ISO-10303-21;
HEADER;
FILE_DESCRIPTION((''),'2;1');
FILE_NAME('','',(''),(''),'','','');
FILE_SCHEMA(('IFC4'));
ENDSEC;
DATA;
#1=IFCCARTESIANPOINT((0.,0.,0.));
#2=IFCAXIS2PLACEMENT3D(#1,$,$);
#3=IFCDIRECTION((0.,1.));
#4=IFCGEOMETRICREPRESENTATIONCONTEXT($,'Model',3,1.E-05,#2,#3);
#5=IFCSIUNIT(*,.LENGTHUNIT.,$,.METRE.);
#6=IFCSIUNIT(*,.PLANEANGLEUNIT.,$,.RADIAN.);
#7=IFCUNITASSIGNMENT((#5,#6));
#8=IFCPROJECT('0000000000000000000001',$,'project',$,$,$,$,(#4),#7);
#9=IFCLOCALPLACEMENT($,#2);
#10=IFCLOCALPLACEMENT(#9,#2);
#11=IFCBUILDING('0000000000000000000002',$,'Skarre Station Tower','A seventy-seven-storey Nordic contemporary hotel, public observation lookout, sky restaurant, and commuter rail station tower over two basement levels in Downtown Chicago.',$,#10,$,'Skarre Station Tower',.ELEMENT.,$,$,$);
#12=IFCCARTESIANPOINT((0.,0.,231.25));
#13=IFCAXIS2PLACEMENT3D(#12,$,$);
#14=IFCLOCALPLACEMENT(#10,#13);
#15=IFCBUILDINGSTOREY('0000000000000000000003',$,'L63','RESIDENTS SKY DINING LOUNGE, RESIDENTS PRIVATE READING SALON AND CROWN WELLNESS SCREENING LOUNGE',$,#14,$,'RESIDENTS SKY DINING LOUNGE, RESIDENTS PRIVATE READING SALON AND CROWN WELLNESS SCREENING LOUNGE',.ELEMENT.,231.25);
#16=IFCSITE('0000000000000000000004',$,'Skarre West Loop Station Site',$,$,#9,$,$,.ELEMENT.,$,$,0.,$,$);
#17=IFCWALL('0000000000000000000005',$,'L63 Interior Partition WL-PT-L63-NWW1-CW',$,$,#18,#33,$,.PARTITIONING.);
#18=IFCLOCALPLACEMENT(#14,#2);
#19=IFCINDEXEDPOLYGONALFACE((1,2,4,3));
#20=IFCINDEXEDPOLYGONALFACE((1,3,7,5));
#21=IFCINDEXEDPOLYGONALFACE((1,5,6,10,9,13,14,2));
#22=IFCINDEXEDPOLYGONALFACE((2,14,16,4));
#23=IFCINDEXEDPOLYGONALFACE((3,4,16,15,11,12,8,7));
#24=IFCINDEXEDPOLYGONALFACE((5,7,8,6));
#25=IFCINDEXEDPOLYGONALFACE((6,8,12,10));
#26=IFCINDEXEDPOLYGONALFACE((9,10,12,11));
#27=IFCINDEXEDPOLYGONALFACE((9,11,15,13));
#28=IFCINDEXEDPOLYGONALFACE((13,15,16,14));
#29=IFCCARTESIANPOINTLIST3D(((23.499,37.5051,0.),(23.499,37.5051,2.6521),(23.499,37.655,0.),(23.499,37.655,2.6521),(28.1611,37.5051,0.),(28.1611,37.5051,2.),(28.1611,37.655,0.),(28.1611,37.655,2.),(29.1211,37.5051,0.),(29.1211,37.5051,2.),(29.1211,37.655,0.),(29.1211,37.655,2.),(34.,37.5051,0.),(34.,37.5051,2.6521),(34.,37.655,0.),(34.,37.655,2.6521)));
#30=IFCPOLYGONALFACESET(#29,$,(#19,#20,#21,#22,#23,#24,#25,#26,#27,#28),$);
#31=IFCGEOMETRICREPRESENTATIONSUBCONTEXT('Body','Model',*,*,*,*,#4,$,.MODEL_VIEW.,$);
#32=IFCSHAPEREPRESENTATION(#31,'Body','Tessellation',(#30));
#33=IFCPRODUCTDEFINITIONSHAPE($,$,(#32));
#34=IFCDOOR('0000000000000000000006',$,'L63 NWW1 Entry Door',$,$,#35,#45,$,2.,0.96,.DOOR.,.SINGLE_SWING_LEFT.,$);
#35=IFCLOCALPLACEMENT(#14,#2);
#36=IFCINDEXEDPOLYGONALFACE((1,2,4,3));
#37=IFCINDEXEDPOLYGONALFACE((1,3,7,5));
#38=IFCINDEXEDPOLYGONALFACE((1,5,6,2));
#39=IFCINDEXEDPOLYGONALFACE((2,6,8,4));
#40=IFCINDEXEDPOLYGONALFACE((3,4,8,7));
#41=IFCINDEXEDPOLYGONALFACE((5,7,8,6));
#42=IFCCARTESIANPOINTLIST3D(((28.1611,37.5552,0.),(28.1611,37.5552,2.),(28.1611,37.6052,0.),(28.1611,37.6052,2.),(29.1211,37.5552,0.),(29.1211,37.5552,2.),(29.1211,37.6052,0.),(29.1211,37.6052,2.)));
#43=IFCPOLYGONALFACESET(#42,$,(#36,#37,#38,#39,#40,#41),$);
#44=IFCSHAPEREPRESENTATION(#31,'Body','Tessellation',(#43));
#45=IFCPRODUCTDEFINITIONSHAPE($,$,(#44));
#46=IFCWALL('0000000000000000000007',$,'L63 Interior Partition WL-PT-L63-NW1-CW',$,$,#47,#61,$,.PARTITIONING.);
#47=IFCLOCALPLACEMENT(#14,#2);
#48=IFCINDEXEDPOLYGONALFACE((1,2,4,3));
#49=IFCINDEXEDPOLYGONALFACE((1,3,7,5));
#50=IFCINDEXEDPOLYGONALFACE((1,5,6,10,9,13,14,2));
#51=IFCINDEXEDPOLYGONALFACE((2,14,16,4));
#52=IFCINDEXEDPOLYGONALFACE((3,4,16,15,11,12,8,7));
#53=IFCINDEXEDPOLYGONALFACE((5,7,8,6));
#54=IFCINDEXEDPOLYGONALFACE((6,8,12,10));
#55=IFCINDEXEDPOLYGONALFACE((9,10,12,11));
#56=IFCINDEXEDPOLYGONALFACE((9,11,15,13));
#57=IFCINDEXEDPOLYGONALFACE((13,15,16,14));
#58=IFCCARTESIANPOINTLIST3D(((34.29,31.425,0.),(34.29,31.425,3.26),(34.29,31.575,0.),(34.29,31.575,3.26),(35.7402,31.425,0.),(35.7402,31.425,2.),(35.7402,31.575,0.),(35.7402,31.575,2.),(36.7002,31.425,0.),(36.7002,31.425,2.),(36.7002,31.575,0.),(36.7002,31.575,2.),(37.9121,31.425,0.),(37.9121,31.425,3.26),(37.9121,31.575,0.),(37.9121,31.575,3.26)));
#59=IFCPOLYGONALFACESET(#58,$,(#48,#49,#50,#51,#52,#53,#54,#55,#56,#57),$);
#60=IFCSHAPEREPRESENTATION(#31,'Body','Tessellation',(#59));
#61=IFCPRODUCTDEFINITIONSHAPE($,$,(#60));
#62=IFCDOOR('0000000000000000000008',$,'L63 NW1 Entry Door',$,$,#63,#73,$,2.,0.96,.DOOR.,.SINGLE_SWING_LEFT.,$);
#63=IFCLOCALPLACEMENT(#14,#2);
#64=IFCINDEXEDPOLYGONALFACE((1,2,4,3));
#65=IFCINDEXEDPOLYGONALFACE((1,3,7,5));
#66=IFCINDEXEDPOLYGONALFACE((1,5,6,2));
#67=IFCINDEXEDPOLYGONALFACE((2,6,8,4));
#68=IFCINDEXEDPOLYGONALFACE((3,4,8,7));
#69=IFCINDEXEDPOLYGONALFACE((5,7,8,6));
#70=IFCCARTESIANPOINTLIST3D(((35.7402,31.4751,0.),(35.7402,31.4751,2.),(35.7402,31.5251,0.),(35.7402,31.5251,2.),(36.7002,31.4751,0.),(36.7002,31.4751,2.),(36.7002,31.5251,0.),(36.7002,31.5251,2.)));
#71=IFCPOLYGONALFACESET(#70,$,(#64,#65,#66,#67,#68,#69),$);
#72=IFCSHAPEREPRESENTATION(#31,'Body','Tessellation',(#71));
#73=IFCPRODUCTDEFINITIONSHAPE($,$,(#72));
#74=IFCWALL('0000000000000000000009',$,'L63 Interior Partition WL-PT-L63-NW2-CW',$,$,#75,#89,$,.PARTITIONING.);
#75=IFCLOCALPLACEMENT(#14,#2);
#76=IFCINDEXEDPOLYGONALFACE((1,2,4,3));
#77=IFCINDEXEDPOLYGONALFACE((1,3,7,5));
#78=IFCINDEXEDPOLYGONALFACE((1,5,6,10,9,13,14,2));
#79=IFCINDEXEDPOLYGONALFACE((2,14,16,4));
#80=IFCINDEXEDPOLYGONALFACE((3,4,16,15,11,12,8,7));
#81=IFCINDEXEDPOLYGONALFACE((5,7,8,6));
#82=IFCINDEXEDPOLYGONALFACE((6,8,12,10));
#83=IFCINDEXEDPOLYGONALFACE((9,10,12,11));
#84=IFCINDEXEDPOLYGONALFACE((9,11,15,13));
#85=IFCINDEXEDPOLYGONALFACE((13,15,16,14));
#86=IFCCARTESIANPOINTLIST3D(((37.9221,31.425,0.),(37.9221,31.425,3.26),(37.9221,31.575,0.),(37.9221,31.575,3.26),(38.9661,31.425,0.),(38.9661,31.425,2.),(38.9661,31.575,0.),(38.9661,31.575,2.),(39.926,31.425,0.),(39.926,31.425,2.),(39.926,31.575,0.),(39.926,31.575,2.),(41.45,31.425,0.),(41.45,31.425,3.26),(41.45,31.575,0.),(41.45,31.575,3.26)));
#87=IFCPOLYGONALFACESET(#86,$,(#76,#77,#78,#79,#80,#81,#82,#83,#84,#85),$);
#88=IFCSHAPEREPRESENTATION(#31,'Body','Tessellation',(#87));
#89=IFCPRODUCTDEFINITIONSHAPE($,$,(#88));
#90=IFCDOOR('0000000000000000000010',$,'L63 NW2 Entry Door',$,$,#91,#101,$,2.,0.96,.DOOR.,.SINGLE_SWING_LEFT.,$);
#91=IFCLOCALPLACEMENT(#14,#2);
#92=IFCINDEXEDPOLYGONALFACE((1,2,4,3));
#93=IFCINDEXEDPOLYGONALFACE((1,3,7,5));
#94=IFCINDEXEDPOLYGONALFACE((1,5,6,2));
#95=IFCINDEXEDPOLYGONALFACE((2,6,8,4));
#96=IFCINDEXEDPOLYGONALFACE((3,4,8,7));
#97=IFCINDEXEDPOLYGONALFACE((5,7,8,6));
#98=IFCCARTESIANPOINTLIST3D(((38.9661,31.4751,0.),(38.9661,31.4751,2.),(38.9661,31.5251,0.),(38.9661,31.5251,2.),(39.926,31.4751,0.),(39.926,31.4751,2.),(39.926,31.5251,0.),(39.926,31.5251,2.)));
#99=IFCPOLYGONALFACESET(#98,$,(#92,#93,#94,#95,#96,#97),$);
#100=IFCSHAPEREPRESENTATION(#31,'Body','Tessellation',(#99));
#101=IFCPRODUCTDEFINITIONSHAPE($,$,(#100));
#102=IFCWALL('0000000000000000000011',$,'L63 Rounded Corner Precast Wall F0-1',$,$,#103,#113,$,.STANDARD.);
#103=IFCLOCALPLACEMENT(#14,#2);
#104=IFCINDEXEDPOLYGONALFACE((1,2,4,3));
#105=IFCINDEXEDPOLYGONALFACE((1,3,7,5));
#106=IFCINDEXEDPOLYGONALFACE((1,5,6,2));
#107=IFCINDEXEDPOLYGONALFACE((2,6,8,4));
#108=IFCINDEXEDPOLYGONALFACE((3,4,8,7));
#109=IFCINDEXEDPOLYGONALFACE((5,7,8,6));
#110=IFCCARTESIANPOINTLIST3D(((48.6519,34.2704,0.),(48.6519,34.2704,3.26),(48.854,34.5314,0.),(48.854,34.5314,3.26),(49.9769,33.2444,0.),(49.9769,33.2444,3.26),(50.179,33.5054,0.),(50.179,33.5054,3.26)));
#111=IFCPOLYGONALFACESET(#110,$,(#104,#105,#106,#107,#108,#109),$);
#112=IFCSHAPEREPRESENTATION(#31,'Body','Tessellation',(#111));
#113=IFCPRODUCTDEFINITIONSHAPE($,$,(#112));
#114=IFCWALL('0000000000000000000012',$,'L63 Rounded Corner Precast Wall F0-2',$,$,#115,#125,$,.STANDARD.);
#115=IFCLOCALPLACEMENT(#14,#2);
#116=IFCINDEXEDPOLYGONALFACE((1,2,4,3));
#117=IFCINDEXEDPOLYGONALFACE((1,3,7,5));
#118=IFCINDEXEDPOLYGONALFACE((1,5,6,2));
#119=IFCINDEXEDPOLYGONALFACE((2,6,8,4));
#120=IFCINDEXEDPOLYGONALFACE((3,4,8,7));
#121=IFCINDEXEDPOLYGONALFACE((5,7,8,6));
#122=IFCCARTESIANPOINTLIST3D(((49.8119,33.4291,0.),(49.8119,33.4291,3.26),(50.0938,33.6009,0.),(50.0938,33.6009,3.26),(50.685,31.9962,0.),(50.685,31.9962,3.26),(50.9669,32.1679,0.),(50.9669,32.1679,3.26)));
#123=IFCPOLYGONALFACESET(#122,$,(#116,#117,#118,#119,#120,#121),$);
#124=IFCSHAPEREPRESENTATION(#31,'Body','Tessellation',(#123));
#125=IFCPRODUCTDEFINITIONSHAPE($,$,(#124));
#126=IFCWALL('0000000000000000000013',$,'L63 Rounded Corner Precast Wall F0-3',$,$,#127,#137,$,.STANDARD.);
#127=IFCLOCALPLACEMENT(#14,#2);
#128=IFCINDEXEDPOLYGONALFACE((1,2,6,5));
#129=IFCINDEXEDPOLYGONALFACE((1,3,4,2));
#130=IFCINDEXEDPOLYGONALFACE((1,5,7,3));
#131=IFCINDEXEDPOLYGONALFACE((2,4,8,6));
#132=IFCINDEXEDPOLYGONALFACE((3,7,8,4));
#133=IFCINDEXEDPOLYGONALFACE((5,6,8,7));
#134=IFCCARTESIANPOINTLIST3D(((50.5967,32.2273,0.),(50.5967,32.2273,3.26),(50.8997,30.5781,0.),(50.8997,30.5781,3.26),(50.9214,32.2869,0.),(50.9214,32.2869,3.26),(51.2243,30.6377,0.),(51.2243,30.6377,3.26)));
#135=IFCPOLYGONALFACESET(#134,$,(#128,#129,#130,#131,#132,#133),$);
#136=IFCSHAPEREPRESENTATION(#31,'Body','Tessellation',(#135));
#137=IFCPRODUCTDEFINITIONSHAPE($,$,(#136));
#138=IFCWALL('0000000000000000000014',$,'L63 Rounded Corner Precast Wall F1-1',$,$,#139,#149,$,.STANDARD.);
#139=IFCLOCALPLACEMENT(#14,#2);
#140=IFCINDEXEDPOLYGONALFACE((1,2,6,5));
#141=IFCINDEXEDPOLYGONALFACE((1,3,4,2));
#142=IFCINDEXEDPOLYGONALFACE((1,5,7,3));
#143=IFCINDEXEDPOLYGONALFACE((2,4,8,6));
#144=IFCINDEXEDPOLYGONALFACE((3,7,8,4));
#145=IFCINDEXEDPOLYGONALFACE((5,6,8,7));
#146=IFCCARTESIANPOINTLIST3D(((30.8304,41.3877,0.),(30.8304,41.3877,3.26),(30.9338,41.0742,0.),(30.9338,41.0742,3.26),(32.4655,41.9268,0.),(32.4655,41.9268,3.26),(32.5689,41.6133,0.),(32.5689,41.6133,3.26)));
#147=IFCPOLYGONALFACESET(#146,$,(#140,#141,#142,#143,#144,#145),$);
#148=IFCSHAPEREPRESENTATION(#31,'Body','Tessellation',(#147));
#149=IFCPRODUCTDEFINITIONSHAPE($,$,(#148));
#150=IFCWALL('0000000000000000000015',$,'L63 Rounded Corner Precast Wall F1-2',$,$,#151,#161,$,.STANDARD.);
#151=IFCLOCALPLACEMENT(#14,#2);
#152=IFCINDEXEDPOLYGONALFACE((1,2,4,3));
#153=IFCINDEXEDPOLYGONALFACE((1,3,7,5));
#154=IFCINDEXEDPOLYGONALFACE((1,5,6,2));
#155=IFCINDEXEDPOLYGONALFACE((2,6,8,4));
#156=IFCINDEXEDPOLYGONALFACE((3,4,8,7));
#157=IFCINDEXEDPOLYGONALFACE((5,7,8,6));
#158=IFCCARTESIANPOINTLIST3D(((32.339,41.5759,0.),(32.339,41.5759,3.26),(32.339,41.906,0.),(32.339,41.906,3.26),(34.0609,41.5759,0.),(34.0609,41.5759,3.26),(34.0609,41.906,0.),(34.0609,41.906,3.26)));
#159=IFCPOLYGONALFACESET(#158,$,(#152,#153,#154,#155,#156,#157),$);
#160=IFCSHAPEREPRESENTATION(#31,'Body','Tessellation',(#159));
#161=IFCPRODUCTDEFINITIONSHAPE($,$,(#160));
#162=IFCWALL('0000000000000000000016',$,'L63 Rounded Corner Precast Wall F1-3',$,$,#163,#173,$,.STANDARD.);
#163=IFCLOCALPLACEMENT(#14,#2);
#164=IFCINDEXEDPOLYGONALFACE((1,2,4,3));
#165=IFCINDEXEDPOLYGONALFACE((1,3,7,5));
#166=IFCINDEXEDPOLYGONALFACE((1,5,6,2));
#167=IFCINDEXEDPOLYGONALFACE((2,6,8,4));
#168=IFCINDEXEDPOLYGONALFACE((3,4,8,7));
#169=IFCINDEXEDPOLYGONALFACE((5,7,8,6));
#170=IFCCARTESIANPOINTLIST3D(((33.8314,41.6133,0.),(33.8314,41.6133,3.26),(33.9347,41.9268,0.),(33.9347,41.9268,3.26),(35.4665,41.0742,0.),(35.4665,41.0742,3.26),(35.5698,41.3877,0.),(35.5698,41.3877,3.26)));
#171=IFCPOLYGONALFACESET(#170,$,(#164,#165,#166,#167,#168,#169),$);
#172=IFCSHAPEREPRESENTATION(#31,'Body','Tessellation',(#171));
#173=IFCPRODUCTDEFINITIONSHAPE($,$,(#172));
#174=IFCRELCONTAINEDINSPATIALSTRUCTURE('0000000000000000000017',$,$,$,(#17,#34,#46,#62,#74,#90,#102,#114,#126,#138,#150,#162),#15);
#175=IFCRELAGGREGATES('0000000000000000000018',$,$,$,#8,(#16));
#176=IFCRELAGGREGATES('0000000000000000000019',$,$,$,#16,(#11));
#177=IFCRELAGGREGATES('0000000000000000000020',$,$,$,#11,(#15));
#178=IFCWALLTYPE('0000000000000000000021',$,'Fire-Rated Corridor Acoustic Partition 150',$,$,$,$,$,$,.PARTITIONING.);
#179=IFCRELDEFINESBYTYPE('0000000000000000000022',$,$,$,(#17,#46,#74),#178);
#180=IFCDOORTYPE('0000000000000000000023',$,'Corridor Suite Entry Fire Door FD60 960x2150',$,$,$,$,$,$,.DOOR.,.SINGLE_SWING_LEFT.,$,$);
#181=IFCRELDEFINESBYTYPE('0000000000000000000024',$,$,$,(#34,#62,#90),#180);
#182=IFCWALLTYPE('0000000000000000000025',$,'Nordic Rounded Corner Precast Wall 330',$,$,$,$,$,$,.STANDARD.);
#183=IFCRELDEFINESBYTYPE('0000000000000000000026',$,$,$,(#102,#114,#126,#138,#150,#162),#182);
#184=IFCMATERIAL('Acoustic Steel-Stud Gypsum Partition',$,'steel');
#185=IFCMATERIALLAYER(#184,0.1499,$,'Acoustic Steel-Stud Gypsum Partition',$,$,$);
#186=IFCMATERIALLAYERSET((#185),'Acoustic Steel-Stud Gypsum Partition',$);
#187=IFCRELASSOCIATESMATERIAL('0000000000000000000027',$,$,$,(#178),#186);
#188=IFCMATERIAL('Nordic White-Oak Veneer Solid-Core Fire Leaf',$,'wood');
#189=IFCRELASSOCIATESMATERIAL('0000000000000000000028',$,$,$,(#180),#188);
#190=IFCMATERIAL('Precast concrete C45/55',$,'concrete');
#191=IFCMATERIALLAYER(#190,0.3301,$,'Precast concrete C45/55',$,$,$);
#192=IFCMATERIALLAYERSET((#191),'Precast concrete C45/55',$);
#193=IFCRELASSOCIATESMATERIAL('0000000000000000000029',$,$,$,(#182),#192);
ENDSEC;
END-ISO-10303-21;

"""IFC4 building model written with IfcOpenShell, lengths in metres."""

from ifc_helpers import new_model, si_unit, direction, frame, frame_2d, origin, place, context, subcontext, project, spatial, rectangle, extrude, material, layer, layer_set, type_object, element, fill, save


model = new_model("IFC4")

# Units and contexts
model_context = context("Model", 3, precision=1e-05, world=origin(), true_north=direction((0.0, 1.0)))
body_context = subcontext(model_context, "Body", "Model", "MODEL_VIEW")
ifc_project = project(units=[si_unit("LENGTHUNIT", "METRE"), si_unit("PLANEANGLEUNIT", "RADIAN")], contexts=[model_context])

# Site, building, storey
site_placement = place(None, origin())
site = spatial("IfcSite", under=ifc_project, at=site_placement, Name="Skarre West Loop Station Site", CompositionType="ELEMENT", RefElevation=0.0)
building_placement = place(site_placement, origin())
building = spatial("IfcBuilding", under=site, at=building_placement, Name="Skarre Station Tower", Description="A seventy-seven-storey Nordic contemporary hotel, public observation lookout, sky restaurant, and commuter rail station tower over two basement levels in Downtown Chicago.", LongName="Skarre Station Tower", CompositionType="ELEMENT")
storey_placement = place(building_placement, frame((0.0, 0.0, 231.25)))
storey = spatial("IfcBuildingStorey", under=building, at=storey_placement, Name="L63", Description="RESIDENTS SKY DINING LOUNGE, RESIDENTS PRIVATE READING SALON AND CROWN WELLNESS SCREENING LOUNGE", LongName="RESIDENTS SKY DINING LOUNGE, RESIDENTS PRIVATE READING SALON AND CROWN WELLNESS SCREENING LOUNGE", CompositionType="ELEMENT", Elevation=231.25)

# Walls, openings, doors
ifc_material_1 = material(Name="Acoustic Steel-Stud Gypsum Partition", Category="steel")
ifc_layer_1 = layer(ifc_material_1, 0.1499, Name="Acoustic Steel-Stud Gypsum Partition")
ifc_layer_set_1 = layer_set([ifc_layer_1], Name="Acoustic Steel-Stud Gypsum Partition")
wall_type_1 = type_object("IfcWallType", Name="Fire-Rated Corridor Acoustic Partition 150", PredefinedType="PARTITIONING", material=ifc_layer_set_1)
wall_1_placement = place(storey_placement, frame((34.0, 37.5801, 0.0), z_axis=(0.0, 0.0, 1.0), x_axis=(-1.0, 0.0, 0.0)))
wall_1 = element("IfcWall", 1, at=wall_1_placement, inside=storey, type_object=wall_type_1, Name="L63 Interior Partition WL-PT-L63-NWW1-CW", PredefinedType="PARTITIONING", context=body_context, shape_type="SweptSolid", body=[
    extrude(rectangle(XDim=10.501, YDim=0.1499, at=frame_2d((5.2505, 0.0))), origin(), (0.0, 0.0, 1.0), 2.6521),
])
opening_1_placement = place(wall_1_placement, frame((4.8789, 0.0, 0.0)))
opening_1 = element("IfcOpeningElement", 2, at=opening_1_placement, cuts=wall_1, PredefinedType="OPENING", context=body_context, shape_type="SweptSolid", body=[
    extrude(rectangle(XDim=0.96, YDim=2.0, at=frame_2d((0.48, 1.0))), frame((0.0, 0.085, 0.0), z_axis=(0.0, -1.0, 0.0), x_axis=(1.0, 0.0, 0.0)), (0.0, 0.0, 1.0), 0.1699),
])
ifc_material_2 = material(Name="Nordic White-Oak Veneer Solid-Core Fire Leaf", Category="wood")
door_type = type_object("IfcDoorType", Name="Corridor Suite Entry Fire Door FD60 960x2150", OperationType="SINGLE_SWING_LEFT", PredefinedType="DOOR", material=ifc_material_2)
door_1_placement = place(opening_1_placement, origin())
door_1 = element("IfcDoor", 3, at=door_1_placement, inside=storey, type_object=door_type, Name="L63 NWW1 Entry Door", OperationType="SINGLE_SWING_LEFT", OverallHeight=2.0, OverallWidth=0.96, PredefinedType="DOOR", context=body_context, shape_type="SweptSolid", body=[
    extrude(rectangle(XDim=0.96, YDim=2.0, at=frame_2d((0.48, 1.0))), frame((0.0, 0.0249, 0.0), z_axis=(0.0, -1.0, 0.0), x_axis=(1.0, 0.0, 0.0)), (0.0, 0.0, 1.0), 0.05),
])
fill(opening_1, door_1)
wall_2_placement = place(storey_placement, frame((37.9121, 31.5, 0.0), z_axis=(0.0, 0.0, 1.0), x_axis=(-1.0, 0.0, 0.0)))
wall_2 = element("IfcWall", 4, at=wall_2_placement, inside=storey, type_object=wall_type_1, Name="L63 Interior Partition WL-PT-L63-NW1-CW", PredefinedType="PARTITIONING", context=body_context, shape_type="SweptSolid", body=[
    extrude(rectangle(XDim=3.6221, YDim=0.1499, at=frame_2d((1.811, 0.0))), origin(), (0.0, 0.0, 1.0), 3.26),
])
opening_2_placement = place(wall_2_placement, frame((1.2119, 0.0, 0.0)))
opening_2 = element("IfcOpeningElement", 5, at=opening_2_placement, cuts=wall_2, PredefinedType="OPENING", context=body_context, shape_type="SweptSolid", body=[
    extrude(rectangle(XDim=0.96, YDim=2.0, at=frame_2d((0.48, 1.0))), frame((0.0, 0.085, 0.0), z_axis=(0.0, -1.0, 0.0), x_axis=(1.0, 0.0, 0.0)), (0.0, 0.0, 1.0), 0.1699),
])
door_2_placement = place(opening_2_placement, origin())
door_2 = element("IfcDoor", 6, at=door_2_placement, inside=storey, type_object=door_type, Name="L63 NW1 Entry Door", OperationType="SINGLE_SWING_LEFT", OverallHeight=2.0, OverallWidth=0.96, PredefinedType="DOOR", context=body_context, shape_type="SweptSolid", body=[
    extrude(rectangle(XDim=0.96, YDim=2.0, at=frame_2d((0.48, 1.0))), frame((0.0, 0.0249, 0.0), z_axis=(0.0, -1.0, 0.0), x_axis=(1.0, 0.0, 0.0)), (0.0, 0.0, 1.0), 0.05),
])
fill(opening_2, door_2)
wall_3_placement = place(storey_placement, frame((41.45, 31.5, 0.0), z_axis=(0.0, 0.0, 1.0), x_axis=(-1.0, 0.0, 0.0)))
wall_3 = element("IfcWall", 7, at=wall_3_placement, inside=storey, type_object=wall_type_1, Name="L63 Interior Partition WL-PT-L63-NW2-CW", PredefinedType="PARTITIONING", context=body_context, shape_type="SweptSolid", body=[
    extrude(rectangle(XDim=3.5278, YDim=0.1499, at=frame_2d((1.7639, 0.0))), origin(), (0.0, 0.0, 1.0), 3.26),
])
opening_3_placement = place(wall_3_placement, frame((1.5239, 0.0, 0.0)))
opening_3 = element("IfcOpeningElement", 8, at=opening_3_placement, cuts=wall_3, PredefinedType="OPENING", context=body_context, shape_type="SweptSolid", body=[
    extrude(rectangle(XDim=0.96, YDim=2.0, at=frame_2d((0.48, 1.0))), frame((0.0, 0.085, 0.0), z_axis=(0.0, -1.0, 0.0), x_axis=(1.0, 0.0, 0.0)), (0.0, 0.0, 1.0), 0.1699),
])
door_3_placement = place(opening_3_placement, origin())
door_3 = element("IfcDoor", 9, at=door_3_placement, inside=storey, type_object=door_type, Name="L63 NW2 Entry Door", OperationType="SINGLE_SWING_LEFT", OverallHeight=2.0, OverallWidth=0.96, PredefinedType="DOOR", context=body_context, shape_type="SweptSolid", body=[
    extrude(rectangle(XDim=0.96, YDim=2.0, at=frame_2d((0.48, 1.0))), frame((0.0, 0.0249, 0.0), z_axis=(0.0, -1.0, 0.0), x_axis=(1.0, 0.0, 0.0)), (0.0, 0.0, 1.0), 0.05),
])
fill(opening_3, door_3)

# Walls
ifc_material_3 = material(Name="Precast concrete C45/55", Category="concrete")
ifc_layer_2 = layer(ifc_material_3, 0.3301, Name="Precast concrete C45/55")
ifc_layer_set_2 = layer_set([ifc_layer_2], Name="Precast concrete C45/55")
wall_type_2 = type_object("IfcWallType", Name="Nordic Rounded Corner Precast Wall 330", PredefinedType="STANDARD", material=ifc_layer_set_2)
wall_4_placement = place(storey_placement, frame((48.7529, 34.4009, 0.0), z_axis=(0.0, 0.0, 1.0), x_axis=(0.790692, -0.612214, 0.0)))
element("IfcWall", 10, at=wall_4_placement, inside=storey, type_object=wall_type_2, Name="L63 Rounded Corner Precast Wall F0-1", PredefinedType="STANDARD", context=body_context, shape_type="SweptSolid", body=[
    extrude(rectangle(XDim=1.6758, YDim=0.3301, at=frame_2d((0.8379, 0.0))), origin(), (0.0, 0.0, 1.0), 3.26),
])
wall_5_placement = place(storey_placement, frame((49.9529, 33.5149, 0.0), z_axis=(0.0, 0.0, 1.0), x_axis=(0.520325, -0.853968, 0.0)))
element("IfcWall", 11, at=wall_5_placement, inside=storey, type_object=wall_type_2, Name="L63 Rounded Corner Precast Wall F0-2", PredefinedType="STANDARD", context=body_context, shape_type="SweptSolid", body=[
    extrude(rectangle(XDim=1.678, YDim=0.3301, at=frame_2d((0.8389, 0.0))), origin(), (0.0, 0.0, 1.0), 3.26),
])
wall_6_placement = place(storey_placement, frame((50.759, 32.2571, 0.0), z_axis=(0.0, 0.0, 1.0), x_axis=(0.180692, -0.98354, 0.0)))
element("IfcWall", 12, at=wall_6_placement, inside=storey, type_object=wall_type_2, Name="L63 Rounded Corner Precast Wall F0-3", PredefinedType="STANDARD", context=body_context, shape_type="SweptSolid", body=[
    extrude(rectangle(XDim=1.6768, YDim=0.3301, at=frame_2d((0.8384, 0.0))), origin(), (0.0, 0.0, 1.0), 3.26),
])
wall_7_placement = place(storey_placement, frame((30.8821, 41.231, 0.0), z_axis=(0.0, 0.0, 1.0), x_axis=(0.949713, 0.31312, 0.0)))
element("IfcWall", 13, at=wall_7_placement, inside=storey, type_object=wall_type_2, Name="L63 Rounded Corner Precast Wall F1-1", PredefinedType="STANDARD", context=body_context, shape_type="SweptSolid", body=[
    extrude(rectangle(XDim=1.7217, YDim=0.3301, at=frame_2d((0.8608, 0.0))), origin(), (0.0, 0.0, 1.0), 3.26),
])
wall_8_placement = place(storey_placement, frame((32.3391, 41.741, 0.0), z_axis=(0.0, 0.0, 1.0), x_axis=(1.0, 0.0, 0.0)))
element("IfcWall", 14, at=wall_8_placement, inside=storey, type_object=wall_type_2, Name="L63 Rounded Corner Precast Wall F1-2", PredefinedType="STANDARD", context=body_context, shape_type="SweptSolid", body=[
    extrude(rectangle(XDim=1.7219, YDim=0.3301, at=frame_2d((0.8608, 0.0))), origin(), (0.0, 0.0, 1.0), 3.26),
])
wall_9_placement = place(storey_placement, frame((33.8831, 41.77, 0.0), z_axis=(0.0, 0.0, 1.0), x_axis=(0.949713, -0.31312, 0.0)))
element("IfcWall", 15, at=wall_9_placement, inside=storey, type_object=wall_type_2, Name="L63 Rounded Corner Precast Wall F1-3", PredefinedType="STANDARD", context=body_context, shape_type="SweptSolid", body=[
    extrude(rectangle(XDim=1.7217, YDim=0.3301, at=frame_2d((0.8608, 0.0))), origin(), (0.0, 0.0, 1.0), 3.26),
])

save(model, "model.ifc")
